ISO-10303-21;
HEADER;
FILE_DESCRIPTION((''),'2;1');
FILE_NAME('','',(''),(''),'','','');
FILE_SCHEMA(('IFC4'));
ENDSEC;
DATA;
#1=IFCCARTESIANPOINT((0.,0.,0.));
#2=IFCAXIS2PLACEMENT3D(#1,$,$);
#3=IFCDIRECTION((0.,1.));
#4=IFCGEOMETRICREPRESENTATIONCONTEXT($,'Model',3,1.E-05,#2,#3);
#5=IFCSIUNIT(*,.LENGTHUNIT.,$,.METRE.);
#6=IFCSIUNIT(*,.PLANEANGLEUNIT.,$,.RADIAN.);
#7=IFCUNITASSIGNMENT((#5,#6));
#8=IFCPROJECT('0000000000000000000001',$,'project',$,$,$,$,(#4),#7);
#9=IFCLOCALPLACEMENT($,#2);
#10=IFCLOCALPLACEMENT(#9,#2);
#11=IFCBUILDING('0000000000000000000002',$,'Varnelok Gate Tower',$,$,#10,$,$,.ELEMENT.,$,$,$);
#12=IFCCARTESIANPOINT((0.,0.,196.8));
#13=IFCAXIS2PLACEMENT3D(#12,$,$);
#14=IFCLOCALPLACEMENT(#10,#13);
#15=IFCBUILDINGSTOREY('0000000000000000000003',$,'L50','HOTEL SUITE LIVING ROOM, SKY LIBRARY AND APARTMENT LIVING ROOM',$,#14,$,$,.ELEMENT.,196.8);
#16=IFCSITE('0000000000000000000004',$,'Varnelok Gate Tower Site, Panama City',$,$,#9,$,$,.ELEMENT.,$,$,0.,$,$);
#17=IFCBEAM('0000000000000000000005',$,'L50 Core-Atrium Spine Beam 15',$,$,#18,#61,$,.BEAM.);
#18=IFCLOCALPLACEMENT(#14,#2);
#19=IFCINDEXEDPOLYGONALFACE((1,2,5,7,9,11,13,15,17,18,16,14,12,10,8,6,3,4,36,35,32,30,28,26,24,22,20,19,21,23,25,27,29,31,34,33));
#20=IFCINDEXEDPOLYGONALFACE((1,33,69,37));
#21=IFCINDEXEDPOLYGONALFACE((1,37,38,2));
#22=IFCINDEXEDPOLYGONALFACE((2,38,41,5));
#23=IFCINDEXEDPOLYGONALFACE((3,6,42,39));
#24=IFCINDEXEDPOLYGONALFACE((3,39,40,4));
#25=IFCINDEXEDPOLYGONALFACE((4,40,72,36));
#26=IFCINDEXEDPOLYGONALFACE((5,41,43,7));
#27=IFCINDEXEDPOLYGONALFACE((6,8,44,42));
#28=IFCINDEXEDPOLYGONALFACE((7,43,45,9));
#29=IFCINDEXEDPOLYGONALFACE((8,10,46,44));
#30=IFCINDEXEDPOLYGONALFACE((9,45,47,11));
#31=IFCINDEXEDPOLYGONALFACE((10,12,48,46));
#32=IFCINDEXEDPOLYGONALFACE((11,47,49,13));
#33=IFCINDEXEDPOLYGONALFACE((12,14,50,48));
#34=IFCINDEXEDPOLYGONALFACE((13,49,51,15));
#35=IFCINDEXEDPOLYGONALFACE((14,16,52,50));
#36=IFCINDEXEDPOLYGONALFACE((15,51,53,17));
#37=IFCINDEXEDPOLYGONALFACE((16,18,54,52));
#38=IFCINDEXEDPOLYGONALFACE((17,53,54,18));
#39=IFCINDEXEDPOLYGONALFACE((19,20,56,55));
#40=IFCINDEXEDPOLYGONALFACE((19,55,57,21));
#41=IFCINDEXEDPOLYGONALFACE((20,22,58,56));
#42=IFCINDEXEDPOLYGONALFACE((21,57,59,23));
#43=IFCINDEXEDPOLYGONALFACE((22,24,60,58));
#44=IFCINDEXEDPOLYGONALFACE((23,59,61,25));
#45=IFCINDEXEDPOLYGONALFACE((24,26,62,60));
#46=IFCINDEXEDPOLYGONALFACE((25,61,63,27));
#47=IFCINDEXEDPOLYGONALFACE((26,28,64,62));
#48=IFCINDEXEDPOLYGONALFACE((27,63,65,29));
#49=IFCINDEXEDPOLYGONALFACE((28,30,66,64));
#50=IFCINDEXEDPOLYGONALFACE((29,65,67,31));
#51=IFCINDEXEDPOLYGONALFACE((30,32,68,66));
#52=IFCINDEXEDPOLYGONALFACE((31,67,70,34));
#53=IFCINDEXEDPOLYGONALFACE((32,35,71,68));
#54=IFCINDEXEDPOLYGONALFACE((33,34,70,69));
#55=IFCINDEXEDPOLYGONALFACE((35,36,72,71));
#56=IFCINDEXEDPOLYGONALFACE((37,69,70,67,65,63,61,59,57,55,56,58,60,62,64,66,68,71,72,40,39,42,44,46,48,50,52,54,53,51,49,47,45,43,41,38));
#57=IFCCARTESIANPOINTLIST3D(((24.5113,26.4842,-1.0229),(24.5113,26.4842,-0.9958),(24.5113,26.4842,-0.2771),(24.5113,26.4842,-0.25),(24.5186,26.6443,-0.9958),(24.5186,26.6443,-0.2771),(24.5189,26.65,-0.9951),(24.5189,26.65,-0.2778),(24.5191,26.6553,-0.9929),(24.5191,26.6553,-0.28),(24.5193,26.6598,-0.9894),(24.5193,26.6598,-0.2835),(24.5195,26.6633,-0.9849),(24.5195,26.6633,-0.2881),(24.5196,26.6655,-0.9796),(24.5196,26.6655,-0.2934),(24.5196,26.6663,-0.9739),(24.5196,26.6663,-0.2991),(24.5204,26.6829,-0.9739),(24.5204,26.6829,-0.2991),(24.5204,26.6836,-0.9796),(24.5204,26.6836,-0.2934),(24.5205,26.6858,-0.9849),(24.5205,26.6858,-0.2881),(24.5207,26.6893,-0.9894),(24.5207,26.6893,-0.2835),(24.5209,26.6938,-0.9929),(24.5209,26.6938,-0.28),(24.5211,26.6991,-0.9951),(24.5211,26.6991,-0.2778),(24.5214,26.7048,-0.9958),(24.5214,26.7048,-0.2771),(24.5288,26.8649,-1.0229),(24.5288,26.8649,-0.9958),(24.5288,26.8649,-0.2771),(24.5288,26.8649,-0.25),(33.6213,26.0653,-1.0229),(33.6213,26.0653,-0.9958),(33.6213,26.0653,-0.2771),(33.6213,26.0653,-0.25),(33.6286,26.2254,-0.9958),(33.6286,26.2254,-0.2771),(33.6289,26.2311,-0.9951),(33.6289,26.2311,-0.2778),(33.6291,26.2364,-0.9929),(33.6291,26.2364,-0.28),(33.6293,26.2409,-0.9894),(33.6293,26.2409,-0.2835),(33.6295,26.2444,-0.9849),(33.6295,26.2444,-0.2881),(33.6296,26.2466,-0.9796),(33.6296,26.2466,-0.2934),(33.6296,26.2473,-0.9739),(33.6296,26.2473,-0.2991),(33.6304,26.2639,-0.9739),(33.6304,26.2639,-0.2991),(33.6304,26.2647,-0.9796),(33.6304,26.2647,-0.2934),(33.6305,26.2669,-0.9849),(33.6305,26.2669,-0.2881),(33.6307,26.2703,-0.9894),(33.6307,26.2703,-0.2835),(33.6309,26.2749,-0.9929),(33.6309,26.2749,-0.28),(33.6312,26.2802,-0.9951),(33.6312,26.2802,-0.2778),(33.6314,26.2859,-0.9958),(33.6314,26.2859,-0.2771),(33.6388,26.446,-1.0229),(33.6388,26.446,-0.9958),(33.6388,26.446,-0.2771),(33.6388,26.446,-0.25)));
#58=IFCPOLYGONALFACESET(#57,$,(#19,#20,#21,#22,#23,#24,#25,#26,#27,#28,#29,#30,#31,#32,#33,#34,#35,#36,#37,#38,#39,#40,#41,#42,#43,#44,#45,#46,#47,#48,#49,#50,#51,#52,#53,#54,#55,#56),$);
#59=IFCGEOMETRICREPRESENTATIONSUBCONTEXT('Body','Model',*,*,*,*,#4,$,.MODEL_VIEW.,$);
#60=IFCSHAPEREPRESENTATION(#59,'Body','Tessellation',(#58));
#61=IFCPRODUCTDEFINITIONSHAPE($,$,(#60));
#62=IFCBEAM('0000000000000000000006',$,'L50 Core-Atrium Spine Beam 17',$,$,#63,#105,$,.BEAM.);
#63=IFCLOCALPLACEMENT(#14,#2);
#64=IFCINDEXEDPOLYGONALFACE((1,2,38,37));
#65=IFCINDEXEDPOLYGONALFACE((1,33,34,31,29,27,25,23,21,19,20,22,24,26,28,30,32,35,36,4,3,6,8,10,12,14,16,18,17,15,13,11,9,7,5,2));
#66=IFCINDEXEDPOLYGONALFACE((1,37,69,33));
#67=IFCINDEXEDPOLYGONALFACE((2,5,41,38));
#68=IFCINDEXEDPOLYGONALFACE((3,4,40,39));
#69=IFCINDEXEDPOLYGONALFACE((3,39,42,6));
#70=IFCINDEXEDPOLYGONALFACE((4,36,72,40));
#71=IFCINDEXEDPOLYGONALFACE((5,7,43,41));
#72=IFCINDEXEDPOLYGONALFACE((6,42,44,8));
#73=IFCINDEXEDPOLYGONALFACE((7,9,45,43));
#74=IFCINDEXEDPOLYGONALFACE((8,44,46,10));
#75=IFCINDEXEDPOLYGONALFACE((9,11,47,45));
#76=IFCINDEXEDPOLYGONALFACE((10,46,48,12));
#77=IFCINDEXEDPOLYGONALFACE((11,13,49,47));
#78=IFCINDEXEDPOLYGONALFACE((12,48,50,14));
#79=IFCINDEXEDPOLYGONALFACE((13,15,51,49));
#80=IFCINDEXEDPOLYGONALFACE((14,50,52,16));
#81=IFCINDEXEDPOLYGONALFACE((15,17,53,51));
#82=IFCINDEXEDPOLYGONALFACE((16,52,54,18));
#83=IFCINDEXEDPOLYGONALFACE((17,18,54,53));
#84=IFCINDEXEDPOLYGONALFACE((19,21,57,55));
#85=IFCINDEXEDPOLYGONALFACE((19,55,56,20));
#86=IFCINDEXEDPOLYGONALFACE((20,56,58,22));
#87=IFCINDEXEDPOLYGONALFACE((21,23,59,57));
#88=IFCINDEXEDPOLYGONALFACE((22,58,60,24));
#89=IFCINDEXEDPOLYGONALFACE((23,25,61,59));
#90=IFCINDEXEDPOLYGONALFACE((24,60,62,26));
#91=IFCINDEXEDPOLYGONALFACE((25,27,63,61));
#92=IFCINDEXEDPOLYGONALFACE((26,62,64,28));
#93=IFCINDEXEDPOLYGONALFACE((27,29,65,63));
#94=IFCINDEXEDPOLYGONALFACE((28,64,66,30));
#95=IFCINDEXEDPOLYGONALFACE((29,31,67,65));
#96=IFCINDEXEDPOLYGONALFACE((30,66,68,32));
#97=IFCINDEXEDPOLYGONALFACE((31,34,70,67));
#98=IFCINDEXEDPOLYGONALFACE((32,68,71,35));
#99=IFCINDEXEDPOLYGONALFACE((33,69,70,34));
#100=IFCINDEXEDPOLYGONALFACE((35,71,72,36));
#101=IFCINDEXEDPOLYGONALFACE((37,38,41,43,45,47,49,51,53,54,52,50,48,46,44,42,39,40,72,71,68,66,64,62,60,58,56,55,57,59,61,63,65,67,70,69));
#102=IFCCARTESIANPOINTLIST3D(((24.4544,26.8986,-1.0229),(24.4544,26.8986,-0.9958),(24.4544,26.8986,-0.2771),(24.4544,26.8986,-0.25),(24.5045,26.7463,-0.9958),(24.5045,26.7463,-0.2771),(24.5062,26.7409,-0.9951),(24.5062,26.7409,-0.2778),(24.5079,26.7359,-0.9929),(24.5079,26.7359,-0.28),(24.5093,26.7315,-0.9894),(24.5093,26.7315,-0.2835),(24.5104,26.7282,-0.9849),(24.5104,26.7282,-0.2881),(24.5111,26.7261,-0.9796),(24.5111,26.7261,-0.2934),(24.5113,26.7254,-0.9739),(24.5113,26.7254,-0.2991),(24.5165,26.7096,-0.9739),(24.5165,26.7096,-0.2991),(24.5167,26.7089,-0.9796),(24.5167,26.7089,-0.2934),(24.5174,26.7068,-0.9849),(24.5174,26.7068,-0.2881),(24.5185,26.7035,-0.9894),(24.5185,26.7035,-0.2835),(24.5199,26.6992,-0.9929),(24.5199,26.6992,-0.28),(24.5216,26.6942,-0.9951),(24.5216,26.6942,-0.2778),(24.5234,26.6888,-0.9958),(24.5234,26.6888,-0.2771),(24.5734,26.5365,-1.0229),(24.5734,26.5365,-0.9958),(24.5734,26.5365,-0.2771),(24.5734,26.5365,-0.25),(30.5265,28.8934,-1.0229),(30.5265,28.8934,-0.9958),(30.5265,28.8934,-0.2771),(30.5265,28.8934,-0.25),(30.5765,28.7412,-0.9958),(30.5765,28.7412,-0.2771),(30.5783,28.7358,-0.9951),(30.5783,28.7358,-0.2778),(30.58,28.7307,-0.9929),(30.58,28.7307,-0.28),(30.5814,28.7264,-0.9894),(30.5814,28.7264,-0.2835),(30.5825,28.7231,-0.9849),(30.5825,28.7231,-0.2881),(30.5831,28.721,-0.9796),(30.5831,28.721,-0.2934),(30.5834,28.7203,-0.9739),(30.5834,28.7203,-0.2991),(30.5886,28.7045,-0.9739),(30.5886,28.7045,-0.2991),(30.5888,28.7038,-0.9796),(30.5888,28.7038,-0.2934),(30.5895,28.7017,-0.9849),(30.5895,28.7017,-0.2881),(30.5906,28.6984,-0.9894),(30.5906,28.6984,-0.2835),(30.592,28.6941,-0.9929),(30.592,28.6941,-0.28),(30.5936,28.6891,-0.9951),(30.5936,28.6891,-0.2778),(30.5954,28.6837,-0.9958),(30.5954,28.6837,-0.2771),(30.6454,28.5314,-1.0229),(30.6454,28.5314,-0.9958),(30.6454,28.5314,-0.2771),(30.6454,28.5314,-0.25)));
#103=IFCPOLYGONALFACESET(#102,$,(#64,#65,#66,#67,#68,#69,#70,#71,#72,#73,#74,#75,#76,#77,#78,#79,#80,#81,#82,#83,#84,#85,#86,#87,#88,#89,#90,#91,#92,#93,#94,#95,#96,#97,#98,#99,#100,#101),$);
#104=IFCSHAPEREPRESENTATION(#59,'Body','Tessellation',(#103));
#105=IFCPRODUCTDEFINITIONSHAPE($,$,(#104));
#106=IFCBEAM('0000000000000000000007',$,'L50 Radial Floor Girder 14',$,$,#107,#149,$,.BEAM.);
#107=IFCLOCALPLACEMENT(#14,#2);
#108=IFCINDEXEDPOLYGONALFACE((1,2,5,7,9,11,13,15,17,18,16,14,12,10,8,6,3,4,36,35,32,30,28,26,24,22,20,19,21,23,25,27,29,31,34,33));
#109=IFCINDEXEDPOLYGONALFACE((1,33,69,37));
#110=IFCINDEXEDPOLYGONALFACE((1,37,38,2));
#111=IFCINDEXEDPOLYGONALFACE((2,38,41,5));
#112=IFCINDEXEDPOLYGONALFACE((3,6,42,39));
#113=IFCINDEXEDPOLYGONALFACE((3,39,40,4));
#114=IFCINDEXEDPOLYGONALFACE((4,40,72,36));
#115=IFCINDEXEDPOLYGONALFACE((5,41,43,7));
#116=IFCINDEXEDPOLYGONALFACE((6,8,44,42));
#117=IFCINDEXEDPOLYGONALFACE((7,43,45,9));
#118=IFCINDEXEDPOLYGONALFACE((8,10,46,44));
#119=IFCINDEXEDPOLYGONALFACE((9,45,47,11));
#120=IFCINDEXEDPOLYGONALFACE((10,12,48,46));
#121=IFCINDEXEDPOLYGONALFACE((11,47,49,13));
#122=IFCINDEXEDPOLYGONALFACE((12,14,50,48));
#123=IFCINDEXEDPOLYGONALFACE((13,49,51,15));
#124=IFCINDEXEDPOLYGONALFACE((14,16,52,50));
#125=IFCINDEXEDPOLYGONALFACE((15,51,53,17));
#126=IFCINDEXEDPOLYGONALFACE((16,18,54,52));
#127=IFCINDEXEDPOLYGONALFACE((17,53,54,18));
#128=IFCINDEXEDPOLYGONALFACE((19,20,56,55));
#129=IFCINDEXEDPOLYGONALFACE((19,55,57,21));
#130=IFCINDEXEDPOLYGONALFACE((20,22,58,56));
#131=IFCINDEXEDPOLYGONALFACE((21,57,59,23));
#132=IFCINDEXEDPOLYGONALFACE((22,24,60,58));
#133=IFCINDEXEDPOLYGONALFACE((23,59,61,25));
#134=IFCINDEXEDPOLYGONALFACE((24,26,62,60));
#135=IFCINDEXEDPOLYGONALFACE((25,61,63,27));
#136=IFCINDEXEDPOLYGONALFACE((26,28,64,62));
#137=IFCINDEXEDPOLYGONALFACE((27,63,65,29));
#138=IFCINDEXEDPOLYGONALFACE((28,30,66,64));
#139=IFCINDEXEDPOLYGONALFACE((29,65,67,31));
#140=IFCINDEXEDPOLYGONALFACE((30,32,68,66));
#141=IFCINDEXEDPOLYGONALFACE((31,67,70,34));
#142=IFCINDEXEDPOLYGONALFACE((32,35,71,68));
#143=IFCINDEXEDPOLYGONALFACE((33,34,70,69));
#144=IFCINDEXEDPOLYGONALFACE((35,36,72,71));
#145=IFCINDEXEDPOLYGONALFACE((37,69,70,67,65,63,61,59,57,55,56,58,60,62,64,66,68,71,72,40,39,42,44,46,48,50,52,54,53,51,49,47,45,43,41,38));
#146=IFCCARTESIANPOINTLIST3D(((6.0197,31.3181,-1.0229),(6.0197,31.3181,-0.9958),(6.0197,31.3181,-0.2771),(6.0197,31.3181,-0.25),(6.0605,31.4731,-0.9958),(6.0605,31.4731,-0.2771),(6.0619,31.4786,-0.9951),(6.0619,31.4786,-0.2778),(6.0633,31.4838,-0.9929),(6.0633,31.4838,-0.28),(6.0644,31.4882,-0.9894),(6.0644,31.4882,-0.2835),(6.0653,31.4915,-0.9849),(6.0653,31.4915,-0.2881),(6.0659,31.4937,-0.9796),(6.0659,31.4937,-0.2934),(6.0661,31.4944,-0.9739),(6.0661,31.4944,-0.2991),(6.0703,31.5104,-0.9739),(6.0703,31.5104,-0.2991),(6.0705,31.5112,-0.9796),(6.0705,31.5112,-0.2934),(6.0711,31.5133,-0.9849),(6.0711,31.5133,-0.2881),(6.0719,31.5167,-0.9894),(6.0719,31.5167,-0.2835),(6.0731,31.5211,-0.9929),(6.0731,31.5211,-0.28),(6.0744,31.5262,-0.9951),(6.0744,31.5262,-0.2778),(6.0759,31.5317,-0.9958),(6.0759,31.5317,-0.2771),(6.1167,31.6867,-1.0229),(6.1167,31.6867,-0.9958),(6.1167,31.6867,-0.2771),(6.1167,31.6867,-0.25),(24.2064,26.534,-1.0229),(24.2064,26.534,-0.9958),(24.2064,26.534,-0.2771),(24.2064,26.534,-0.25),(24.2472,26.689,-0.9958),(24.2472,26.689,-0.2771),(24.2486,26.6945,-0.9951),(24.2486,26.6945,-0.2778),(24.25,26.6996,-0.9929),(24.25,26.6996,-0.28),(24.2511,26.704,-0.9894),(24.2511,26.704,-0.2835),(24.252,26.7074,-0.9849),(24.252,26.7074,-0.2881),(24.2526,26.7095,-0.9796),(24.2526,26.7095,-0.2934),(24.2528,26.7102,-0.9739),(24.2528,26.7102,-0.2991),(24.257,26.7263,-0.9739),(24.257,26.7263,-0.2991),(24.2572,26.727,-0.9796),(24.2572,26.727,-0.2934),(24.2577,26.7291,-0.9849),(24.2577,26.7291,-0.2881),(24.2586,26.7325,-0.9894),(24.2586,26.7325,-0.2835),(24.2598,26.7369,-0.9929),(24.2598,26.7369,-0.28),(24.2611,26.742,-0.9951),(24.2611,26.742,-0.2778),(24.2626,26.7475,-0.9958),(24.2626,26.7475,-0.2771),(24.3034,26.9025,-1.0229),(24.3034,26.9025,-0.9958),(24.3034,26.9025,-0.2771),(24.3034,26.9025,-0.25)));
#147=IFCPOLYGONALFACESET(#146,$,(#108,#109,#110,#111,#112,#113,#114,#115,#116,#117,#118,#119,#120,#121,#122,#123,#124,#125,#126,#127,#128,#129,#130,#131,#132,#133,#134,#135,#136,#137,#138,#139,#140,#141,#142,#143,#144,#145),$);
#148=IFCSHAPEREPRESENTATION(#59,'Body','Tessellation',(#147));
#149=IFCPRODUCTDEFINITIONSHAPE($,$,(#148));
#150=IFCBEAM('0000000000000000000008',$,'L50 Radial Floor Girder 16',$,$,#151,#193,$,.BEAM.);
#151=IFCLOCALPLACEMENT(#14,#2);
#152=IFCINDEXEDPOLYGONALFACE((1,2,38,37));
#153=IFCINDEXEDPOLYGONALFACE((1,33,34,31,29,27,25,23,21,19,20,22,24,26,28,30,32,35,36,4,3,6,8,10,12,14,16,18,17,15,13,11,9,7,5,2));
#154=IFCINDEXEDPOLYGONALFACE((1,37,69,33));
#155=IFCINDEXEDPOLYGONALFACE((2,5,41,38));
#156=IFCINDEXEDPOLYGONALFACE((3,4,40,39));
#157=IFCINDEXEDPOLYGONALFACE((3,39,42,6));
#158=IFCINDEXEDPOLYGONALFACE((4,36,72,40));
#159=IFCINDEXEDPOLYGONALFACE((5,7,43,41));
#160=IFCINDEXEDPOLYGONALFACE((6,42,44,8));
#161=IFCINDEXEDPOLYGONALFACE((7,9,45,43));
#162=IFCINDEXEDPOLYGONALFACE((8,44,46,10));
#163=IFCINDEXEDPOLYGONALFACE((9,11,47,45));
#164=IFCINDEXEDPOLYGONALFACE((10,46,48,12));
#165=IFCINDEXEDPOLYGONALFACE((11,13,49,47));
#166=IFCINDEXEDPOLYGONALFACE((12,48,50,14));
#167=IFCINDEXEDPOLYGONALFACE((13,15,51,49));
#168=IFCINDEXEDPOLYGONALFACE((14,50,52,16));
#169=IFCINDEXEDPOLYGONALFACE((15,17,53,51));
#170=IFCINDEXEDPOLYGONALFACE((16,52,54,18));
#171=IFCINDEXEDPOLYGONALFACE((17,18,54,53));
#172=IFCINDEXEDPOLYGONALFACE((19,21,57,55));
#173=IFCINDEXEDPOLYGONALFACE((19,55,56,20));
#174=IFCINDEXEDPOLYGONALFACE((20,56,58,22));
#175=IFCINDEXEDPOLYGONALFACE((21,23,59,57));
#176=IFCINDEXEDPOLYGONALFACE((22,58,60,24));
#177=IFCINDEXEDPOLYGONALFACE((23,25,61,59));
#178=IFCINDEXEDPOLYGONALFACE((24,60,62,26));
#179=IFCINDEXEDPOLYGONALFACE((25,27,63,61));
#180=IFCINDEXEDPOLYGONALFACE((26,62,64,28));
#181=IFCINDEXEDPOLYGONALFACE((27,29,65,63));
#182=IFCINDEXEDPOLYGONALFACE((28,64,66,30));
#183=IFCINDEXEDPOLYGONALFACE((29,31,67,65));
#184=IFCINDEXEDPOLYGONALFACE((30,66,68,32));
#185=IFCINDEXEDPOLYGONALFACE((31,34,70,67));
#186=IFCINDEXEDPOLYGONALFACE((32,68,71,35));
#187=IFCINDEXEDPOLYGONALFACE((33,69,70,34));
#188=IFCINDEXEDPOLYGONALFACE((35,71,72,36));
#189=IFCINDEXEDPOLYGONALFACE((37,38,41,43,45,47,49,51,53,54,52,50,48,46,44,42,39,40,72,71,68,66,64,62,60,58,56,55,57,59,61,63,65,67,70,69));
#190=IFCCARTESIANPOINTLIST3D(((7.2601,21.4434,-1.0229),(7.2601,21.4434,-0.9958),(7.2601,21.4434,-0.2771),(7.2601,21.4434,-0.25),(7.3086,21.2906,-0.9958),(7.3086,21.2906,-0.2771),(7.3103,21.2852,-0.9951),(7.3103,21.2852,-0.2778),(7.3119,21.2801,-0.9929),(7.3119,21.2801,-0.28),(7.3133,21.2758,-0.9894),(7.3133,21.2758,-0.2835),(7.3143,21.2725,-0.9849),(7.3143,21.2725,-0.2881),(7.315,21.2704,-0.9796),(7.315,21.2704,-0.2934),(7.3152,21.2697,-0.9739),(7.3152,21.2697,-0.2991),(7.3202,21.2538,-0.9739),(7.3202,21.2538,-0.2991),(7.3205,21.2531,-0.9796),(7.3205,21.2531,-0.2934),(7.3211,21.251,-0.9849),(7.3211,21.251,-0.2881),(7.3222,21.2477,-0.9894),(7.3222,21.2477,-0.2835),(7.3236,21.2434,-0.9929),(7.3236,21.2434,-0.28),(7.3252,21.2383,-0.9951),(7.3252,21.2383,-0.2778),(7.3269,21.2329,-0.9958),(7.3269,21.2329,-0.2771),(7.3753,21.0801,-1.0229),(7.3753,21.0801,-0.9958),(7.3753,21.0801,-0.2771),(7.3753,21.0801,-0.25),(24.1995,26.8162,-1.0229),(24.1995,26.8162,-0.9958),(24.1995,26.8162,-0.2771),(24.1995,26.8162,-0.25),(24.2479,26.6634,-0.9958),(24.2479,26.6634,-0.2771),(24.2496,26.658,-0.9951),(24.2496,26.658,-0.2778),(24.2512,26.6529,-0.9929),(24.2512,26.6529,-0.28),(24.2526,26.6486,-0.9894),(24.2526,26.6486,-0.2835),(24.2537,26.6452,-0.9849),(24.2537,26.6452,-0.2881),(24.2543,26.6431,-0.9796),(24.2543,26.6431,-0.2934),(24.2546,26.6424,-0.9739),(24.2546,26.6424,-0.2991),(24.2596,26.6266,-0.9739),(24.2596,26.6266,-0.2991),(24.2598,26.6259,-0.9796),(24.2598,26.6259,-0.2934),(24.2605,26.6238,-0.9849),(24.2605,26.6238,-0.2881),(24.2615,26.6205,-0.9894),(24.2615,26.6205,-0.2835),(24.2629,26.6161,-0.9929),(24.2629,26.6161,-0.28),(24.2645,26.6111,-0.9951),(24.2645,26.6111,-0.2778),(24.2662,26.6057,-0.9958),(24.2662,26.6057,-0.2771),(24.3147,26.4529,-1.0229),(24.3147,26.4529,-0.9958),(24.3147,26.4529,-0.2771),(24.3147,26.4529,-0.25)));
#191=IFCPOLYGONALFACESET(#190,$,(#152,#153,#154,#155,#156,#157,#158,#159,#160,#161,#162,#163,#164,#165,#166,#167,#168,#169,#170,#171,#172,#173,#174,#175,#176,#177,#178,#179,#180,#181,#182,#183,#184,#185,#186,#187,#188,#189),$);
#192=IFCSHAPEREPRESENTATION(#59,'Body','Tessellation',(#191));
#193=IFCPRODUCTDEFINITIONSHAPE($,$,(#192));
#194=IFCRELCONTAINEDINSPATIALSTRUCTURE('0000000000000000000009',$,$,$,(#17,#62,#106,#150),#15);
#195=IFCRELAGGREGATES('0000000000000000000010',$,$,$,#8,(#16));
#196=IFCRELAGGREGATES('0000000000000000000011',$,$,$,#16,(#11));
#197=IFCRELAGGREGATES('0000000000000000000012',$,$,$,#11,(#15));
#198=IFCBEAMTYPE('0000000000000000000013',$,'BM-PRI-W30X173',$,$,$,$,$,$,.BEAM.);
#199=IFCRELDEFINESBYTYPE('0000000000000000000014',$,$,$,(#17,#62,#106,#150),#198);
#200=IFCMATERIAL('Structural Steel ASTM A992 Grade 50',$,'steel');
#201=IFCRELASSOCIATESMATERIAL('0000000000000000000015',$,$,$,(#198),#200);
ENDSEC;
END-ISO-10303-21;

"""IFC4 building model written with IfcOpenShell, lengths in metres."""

from ifc_helpers import new_model, si_unit, direction, frame, origin, origin_2d, place, context, subcontext, project, spatial, i_section, extrude, material, material_profile, profile_set, type_object, element, save


model = new_model("IFC4")

# Units and contexts
model_context = context("Model", 3, precision=1e-05, world=origin(), true_north=direction((0.0, 1.0)))
body_context = subcontext(model_context, "Body", "Model", "MODEL_VIEW")
ifc_project = project(units=[si_unit("LENGTHUNIT", "METRE"), si_unit("PLANEANGLEUNIT", "RADIAN")], contexts=[model_context])

# Site, building, storey
site_placement = place(None, origin())
site = spatial("IfcSite", under=ifc_project, at=site_placement, Name="Varnelok Gate Tower Site, Panama City", CompositionType="ELEMENT", RefElevation=0.0)
building_placement = place(site_placement, origin())
building = spatial("IfcBuilding", under=site, at=building_placement, Name="Varnelok Gate Tower", CompositionType="ELEMENT")
storey_placement = place(building_placement, frame((0.0, 0.0, 196.8)))
storey = spatial("IfcBuildingStorey", under=building, at=storey_placement, Name="L50", Description="HOTEL SUITE LIVING ROOM, SKY LIBRARY AND APARTMENT LIVING ROOM", CompositionType="ELEMENT", Elevation=196.8)

# Shared definitions
ifc_material_1 = material(Name="Structural Steel ASTM A992 Grade 50", Category="steel")

# Beams
ifc_material_profile_1 = material_profile(ifc_material_1, i_section(OverallWidth=0.3811, OverallDepth=0.7729, WebThickness=0.0166, FlangeThickness=0.0271, FilletRadius=0.022, at=origin_2d()), Name="W30X173")
ifc_profile_set_1 = profile_set([ifc_material_profile_1], Name="Structural Steel ASTM A992 Grade 50")
beam_type_1 = type_object("IfcBeamType", Name="BM-PRI-W30X173", PredefinedType="BEAM", material=ifc_profile_set_1)
beam_1_placement = place(storey_placement, frame((24.52, 26.6746, -0.6365), z_axis=(0.998944, -0.045938, 0.0), x_axis=(0.045938, 0.998944, 0.0)))
element("IfcBeam", 1, at=beam_1_placement, inside=storey, type_object=beam_type_1, Name="L50 Core-Atrium Spine Beam 15", PredefinedType="BEAM", context=body_context, shape_type="SweptSolid", body=[
    extrude(i_section(OverallWidth=0.3811, OverallDepth=0.7729, WebThickness=0.0166, FlangeThickness=0.0271, FilletRadius=0.022, at=origin_2d()), origin(), (0.0, 0.0, 1.0), 9.1196),
])
beam_2_placement = place(storey_placement, frame((24.5139, 26.7175, -0.6365), z_axis=(0.950042, 0.312122, 0.0), x_axis=(-0.312122, 0.950042, 0.0)))
element("IfcBeam", 2, at=beam_2_placement, inside=storey, type_object=beam_type_1, Name="L50 Core-Atrium Spine Beam 17", PredefinedType="BEAM", context=body_context, shape_type="SweptSolid", body=[
    extrude(i_section(OverallWidth=0.3811, OverallDepth=0.7729, WebThickness=0.0166, FlangeThickness=0.0271, FilletRadius=0.022, at=origin_2d()), origin(), (0.0, 0.0, 1.0), 6.3914),
])
beam_3_placement = place(storey_placement, frame((24.2549, 26.7183, -0.6365), z_axis=(-0.967098, 0.254403, 0.0), x_axis=(-0.254403, -0.967098, 0.0)))
element("IfcBeam", 3, at=beam_3_placement, inside=storey, type_object=beam_type_1, Name="L50 Radial Floor Girder 14", PredefinedType="BEAM", context=body_context, shape_type="SweptSolid", body=[
    extrude(i_section(OverallWidth=0.3811, OverallDepth=0.7729, WebThickness=0.0166, FlangeThickness=0.0271, FilletRadius=0.022, at=origin_2d()), origin(), (0.0, 0.0, 1.0), 18.8054),
])
beam_4_placement = place(storey_placement, frame((24.2571, 26.6345, -0.6365), z_axis=(-0.953202, -0.302334, 0.0), x_axis=(0.302334, -0.953202, 0.0)))
element("IfcBeam", 4, at=beam_4_placement, inside=storey, type_object=beam_type_1, Name="L50 Radial Floor Girder 16", PredefinedType="BEAM", context=body_context, shape_type="SweptSolid", body=[
    extrude(i_section(OverallWidth=0.3811, OverallDepth=0.7729, WebThickness=0.0166, FlangeThickness=0.0271, FilletRadius=0.022, at=origin_2d()), origin(), (0.0, 0.0, 1.0), 17.771),
])

save(model, "model.ifc")
